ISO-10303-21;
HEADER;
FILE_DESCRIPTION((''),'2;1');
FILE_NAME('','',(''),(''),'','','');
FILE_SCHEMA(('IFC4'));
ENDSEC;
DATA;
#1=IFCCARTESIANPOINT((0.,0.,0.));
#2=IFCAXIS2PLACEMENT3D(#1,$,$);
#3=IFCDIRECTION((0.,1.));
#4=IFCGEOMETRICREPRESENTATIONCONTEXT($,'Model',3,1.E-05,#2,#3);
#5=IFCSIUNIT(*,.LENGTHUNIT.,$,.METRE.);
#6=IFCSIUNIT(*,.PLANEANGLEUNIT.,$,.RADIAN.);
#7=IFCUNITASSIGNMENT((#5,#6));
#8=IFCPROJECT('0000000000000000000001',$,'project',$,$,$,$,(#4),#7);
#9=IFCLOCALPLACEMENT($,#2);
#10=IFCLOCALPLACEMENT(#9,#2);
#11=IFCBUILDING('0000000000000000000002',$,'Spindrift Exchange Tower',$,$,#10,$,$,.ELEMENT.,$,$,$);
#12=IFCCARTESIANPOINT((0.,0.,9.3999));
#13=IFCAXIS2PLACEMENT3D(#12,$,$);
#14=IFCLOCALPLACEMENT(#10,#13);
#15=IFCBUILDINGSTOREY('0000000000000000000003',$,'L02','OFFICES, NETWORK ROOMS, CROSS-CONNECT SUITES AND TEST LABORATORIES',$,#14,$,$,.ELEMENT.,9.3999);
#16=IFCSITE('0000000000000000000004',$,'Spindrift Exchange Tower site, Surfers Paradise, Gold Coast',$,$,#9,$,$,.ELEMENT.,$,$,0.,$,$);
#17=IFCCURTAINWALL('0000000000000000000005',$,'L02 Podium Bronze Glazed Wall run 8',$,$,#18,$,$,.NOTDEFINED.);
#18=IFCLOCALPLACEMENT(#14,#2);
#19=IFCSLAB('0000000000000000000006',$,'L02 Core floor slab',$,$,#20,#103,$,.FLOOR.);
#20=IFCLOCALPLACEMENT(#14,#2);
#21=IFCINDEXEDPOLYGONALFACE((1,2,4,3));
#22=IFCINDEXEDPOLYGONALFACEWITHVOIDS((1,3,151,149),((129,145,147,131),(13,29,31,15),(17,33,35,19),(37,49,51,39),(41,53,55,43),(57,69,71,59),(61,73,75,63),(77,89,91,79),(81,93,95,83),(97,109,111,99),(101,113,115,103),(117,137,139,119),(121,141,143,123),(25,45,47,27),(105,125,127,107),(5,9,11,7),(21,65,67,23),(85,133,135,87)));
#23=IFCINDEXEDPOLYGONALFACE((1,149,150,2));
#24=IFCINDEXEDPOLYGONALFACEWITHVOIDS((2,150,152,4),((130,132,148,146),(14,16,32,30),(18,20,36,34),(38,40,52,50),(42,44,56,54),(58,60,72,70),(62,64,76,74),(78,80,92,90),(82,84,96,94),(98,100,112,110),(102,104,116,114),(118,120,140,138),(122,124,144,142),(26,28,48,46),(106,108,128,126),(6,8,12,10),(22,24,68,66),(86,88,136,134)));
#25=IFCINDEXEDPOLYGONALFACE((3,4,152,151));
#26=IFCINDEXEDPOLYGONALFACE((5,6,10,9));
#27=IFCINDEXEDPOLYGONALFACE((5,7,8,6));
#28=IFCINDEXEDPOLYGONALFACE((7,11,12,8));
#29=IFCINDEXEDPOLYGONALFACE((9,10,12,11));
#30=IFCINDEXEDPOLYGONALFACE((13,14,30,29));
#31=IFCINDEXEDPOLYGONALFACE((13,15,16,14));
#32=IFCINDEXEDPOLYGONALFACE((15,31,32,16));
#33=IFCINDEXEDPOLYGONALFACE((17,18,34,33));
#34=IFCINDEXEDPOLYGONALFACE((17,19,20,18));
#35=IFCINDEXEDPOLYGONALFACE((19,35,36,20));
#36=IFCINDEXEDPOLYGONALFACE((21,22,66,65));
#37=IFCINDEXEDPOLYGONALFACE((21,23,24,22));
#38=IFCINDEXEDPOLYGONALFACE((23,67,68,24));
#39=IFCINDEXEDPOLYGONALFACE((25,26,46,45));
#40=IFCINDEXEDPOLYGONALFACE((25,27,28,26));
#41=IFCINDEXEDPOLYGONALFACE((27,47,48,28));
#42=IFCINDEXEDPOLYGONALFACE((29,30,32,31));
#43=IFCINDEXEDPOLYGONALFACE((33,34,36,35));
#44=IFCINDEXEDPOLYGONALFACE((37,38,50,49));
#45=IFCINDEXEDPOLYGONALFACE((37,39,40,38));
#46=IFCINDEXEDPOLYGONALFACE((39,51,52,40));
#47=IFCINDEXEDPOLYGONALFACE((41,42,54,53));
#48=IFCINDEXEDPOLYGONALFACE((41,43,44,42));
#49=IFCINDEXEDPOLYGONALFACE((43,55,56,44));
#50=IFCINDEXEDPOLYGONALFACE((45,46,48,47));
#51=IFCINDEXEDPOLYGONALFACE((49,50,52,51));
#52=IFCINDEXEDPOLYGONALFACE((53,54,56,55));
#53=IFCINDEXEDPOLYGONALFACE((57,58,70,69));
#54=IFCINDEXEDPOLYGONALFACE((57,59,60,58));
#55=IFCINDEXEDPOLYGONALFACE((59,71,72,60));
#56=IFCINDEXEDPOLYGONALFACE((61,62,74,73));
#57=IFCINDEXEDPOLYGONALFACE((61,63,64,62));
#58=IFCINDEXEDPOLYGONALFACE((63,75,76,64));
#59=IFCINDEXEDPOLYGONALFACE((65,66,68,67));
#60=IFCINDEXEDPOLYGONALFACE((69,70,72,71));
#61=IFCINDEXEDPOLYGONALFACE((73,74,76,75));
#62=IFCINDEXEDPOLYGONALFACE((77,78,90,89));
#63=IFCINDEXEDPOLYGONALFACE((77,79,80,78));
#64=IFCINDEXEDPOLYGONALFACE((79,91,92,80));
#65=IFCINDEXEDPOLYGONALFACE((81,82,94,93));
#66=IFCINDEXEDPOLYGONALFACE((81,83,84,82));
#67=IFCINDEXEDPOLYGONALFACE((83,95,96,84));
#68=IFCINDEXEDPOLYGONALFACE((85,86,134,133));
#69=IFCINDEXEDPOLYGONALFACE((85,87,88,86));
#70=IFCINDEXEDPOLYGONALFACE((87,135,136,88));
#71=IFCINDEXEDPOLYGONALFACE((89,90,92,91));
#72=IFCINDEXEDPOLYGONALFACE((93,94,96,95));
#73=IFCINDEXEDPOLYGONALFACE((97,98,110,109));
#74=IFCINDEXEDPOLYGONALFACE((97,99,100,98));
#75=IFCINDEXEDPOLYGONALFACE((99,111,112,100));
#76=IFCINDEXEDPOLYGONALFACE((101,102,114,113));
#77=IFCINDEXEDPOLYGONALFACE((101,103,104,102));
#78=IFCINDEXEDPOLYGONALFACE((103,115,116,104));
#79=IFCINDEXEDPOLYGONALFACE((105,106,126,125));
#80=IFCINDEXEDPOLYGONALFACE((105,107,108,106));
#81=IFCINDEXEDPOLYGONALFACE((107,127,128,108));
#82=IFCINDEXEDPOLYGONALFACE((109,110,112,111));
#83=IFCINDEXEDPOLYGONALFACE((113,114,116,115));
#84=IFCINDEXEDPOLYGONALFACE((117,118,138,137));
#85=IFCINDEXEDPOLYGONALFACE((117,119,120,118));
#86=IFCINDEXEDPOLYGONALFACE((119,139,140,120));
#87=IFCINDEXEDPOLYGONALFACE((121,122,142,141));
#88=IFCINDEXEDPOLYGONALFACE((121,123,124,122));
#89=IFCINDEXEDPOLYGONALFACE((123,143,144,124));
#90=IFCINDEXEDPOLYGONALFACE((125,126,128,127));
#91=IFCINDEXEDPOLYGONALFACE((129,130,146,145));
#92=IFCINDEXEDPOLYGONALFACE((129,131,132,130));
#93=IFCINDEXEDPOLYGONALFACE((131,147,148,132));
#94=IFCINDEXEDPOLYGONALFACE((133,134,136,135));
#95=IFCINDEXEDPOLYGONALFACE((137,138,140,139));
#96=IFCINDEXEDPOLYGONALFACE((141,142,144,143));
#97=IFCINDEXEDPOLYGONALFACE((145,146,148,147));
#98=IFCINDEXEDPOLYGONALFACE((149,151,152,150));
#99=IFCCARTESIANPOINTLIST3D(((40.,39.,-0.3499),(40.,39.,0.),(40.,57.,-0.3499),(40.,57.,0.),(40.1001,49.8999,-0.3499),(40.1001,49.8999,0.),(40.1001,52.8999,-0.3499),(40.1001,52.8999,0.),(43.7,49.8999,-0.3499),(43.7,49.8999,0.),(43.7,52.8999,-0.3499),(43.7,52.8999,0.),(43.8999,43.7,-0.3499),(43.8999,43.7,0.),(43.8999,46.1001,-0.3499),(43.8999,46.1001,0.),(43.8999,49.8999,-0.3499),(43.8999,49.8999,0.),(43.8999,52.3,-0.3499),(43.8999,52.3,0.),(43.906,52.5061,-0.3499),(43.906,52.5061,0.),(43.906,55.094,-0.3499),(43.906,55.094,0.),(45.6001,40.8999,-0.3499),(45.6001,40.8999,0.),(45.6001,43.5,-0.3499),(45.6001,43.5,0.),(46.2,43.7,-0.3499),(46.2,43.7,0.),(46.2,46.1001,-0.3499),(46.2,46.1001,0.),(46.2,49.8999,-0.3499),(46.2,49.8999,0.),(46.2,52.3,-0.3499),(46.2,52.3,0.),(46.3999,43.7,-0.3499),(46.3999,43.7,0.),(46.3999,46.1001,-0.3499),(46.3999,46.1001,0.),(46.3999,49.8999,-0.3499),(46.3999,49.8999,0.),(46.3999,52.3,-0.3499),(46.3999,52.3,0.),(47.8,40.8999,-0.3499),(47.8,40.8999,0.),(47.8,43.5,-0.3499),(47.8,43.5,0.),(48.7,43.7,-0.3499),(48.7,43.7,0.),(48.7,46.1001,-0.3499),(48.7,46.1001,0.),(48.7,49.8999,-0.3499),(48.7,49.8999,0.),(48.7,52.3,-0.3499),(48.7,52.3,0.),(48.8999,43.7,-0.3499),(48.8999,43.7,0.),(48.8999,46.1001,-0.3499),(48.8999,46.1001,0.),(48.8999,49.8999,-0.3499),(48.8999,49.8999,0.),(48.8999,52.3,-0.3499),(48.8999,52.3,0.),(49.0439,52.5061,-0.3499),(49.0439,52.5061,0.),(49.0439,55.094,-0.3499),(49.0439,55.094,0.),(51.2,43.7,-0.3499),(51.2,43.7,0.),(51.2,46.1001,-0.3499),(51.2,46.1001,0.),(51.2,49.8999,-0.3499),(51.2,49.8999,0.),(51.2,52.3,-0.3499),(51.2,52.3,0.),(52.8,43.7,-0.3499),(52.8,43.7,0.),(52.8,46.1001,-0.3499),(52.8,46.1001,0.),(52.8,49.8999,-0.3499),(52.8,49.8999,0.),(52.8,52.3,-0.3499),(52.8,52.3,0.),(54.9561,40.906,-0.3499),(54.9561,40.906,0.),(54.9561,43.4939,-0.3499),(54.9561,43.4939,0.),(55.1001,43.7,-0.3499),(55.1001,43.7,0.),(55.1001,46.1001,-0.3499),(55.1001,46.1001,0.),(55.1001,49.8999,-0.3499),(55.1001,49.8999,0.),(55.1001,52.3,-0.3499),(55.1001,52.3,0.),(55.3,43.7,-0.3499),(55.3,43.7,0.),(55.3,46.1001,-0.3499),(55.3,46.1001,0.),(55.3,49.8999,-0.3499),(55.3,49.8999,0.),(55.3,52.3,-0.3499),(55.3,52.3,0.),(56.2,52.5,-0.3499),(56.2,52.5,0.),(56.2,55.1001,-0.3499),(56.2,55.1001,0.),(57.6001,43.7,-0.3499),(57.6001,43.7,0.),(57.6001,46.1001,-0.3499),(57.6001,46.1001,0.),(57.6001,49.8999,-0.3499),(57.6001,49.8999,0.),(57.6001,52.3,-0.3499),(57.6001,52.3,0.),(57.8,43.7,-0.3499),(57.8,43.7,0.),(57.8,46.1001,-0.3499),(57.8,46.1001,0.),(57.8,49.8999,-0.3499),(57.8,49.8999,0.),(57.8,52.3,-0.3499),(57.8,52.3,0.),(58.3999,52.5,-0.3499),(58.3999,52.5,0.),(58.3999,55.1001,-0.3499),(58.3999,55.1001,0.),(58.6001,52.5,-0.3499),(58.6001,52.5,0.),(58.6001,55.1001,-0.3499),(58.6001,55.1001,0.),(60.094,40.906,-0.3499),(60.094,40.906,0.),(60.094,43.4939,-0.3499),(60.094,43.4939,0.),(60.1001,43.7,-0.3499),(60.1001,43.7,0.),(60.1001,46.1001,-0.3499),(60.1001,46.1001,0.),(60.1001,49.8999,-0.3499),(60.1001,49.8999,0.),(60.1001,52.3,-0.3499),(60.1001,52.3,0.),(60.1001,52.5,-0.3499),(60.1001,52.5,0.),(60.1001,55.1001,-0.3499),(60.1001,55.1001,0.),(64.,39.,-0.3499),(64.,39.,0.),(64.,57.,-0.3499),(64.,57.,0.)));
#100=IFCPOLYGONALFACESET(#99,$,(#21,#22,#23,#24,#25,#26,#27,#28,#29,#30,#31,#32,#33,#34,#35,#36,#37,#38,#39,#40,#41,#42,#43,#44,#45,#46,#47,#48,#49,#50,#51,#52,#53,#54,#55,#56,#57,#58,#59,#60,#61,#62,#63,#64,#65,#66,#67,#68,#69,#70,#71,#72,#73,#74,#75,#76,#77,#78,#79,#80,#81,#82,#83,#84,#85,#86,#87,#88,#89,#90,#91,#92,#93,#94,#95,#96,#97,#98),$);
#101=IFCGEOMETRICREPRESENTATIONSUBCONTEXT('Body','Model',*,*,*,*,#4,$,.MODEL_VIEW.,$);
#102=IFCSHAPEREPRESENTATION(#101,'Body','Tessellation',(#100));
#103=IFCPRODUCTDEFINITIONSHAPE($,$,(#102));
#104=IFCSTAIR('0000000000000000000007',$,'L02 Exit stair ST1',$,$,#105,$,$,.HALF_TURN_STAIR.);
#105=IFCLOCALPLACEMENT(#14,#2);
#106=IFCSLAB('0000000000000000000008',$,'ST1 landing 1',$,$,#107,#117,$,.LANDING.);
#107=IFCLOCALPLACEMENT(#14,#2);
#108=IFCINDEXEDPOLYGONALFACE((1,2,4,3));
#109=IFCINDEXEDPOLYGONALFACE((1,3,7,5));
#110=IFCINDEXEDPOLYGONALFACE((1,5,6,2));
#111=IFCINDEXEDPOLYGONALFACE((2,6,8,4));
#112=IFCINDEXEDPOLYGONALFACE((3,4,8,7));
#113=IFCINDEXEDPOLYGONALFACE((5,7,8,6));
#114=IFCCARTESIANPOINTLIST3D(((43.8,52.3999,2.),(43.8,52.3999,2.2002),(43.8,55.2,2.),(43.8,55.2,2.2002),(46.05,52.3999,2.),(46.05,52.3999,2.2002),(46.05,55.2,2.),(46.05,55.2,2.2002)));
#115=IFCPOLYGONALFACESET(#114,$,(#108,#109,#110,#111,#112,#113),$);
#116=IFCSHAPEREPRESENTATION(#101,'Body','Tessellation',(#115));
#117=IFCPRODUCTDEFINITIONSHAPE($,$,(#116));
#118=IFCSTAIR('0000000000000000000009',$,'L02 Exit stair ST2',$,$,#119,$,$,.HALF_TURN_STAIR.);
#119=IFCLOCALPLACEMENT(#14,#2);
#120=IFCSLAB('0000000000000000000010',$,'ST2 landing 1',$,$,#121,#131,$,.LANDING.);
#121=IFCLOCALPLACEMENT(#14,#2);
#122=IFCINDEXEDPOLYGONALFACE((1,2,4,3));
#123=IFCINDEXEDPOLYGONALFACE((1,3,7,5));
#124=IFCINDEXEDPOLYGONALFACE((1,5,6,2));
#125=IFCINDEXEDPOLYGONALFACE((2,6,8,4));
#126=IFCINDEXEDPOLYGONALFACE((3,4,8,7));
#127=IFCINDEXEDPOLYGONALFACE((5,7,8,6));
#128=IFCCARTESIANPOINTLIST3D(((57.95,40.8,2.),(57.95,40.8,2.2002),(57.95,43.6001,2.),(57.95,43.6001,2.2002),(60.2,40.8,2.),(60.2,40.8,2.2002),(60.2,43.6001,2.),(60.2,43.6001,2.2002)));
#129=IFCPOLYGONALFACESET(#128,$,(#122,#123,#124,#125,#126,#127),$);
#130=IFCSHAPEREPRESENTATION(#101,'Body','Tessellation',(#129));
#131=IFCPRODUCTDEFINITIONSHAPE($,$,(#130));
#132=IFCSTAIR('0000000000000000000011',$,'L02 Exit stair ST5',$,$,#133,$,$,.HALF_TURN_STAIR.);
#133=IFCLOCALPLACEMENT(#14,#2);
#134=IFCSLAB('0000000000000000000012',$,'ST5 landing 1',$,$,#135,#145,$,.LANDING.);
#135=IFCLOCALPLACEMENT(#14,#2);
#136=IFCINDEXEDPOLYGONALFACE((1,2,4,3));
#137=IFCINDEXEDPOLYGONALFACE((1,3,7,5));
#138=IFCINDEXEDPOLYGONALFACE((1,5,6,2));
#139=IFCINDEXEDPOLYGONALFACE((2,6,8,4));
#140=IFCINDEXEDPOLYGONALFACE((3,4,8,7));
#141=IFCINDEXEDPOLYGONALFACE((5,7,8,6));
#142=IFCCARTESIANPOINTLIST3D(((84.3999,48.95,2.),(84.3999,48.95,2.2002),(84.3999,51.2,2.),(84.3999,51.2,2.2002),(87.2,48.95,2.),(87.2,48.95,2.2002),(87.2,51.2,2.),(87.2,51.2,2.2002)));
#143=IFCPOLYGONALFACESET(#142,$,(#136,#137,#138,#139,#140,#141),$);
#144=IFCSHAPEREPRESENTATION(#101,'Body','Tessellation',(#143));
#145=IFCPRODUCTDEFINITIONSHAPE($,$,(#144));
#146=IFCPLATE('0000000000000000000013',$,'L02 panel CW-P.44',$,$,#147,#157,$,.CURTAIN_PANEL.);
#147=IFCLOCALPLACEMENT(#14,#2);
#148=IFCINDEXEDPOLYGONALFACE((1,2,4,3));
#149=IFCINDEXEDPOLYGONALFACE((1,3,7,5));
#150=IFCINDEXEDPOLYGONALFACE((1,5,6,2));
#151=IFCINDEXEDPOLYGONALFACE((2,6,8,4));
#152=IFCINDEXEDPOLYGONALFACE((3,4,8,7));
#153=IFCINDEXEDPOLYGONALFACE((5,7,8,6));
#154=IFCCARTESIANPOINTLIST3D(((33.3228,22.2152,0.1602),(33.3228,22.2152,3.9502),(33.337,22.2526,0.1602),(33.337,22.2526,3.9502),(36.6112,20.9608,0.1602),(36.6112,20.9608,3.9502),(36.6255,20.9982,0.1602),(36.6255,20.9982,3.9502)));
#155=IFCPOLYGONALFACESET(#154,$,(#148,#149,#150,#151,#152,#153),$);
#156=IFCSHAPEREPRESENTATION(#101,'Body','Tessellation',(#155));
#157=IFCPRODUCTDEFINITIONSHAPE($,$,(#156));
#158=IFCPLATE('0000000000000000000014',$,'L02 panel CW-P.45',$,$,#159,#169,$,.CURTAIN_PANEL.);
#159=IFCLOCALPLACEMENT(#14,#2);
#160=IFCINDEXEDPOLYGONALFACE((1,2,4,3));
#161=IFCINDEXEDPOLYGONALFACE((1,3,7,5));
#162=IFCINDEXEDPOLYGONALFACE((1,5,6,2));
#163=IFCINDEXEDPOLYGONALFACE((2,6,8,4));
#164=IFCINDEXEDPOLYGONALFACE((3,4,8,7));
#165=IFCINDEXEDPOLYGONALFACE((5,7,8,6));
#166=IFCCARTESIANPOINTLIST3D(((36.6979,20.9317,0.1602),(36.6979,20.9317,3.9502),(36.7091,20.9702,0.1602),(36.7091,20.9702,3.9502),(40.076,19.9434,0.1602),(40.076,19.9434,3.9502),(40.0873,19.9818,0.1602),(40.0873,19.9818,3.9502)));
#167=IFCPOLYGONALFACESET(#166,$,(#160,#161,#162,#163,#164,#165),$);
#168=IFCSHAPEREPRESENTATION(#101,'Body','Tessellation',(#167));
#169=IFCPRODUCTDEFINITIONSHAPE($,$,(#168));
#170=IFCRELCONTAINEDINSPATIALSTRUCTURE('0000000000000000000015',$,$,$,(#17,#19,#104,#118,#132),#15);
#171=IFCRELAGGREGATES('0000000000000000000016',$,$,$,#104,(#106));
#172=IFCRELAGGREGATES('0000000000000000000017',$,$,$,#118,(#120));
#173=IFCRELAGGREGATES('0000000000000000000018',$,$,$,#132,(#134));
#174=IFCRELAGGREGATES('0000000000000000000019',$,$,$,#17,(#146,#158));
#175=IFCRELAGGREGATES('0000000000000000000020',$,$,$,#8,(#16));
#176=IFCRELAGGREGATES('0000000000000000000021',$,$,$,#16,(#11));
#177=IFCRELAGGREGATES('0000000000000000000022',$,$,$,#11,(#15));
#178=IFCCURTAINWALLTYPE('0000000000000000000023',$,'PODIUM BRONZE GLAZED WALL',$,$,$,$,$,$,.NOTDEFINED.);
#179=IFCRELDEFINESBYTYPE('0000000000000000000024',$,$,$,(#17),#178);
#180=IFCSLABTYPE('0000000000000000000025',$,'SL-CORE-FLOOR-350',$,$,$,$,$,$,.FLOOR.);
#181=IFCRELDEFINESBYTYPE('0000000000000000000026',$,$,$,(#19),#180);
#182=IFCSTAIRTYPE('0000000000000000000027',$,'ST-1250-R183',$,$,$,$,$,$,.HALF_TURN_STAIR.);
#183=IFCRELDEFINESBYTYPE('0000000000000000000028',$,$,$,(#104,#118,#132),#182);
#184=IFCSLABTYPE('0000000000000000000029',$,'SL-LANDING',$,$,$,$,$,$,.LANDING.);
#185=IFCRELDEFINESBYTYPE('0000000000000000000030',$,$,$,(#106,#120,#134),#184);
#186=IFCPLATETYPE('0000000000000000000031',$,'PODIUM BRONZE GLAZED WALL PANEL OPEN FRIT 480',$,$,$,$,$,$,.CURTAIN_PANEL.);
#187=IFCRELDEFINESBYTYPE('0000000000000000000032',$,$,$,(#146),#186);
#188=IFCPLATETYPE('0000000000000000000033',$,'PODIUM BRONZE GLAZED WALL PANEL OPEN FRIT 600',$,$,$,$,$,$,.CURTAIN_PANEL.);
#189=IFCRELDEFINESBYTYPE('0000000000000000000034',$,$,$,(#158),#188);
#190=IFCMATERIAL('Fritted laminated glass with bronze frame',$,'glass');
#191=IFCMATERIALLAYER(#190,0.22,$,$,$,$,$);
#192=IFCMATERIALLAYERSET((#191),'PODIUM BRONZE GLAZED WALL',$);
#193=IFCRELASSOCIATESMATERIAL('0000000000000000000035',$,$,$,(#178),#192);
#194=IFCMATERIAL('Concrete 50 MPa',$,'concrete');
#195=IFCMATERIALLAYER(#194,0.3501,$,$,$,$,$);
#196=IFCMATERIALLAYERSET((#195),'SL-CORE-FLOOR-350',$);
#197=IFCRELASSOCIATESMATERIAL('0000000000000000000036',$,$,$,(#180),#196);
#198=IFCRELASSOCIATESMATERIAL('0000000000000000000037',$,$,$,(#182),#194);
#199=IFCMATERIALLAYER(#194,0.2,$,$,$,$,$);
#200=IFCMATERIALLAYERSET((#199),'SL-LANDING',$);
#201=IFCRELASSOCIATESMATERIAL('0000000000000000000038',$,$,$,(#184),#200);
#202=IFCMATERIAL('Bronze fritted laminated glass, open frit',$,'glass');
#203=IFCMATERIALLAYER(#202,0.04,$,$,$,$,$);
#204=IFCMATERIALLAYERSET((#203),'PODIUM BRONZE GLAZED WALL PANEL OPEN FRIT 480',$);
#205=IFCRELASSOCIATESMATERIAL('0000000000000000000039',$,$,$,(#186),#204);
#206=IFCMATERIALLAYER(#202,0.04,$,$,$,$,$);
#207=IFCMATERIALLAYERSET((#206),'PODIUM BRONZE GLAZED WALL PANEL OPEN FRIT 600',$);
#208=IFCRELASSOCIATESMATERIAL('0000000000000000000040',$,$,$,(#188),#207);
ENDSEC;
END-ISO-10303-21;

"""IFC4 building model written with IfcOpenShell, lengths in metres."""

from ifc_helpers import new_model, si_unit, direction, frame, origin, origin_2d, place, context, subcontext, project, spatial, line, indexed_curve, rectangle, outline, extrude, source, transform, mapped, material, layer, layer_set, type_object, element, aggregate, save


model = new_model("IFC4")

# Units and contexts
model_context = context("Model", 3, precision=1e-05, world=origin(), true_north=direction((0.0, 1.0)))
body_context = subcontext(model_context, "Body", "Model", "MODEL_VIEW")
ifc_project = project(units=[si_unit("LENGTHUNIT", "METRE"), si_unit("PLANEANGLEUNIT", "RADIAN")], contexts=[model_context])

# Site, building, storey
site_placement = place(None, origin())
site = spatial("IfcSite", under=ifc_project, at=site_placement, Name="Spindrift Exchange Tower site, Surfers Paradise, Gold Coast", CompositionType="ELEMENT", RefElevation=0.0)
building_placement = place(site_placement, origin())
building = spatial("IfcBuilding", under=site, at=building_placement, Name="Spindrift Exchange Tower", CompositionType="ELEMENT")
storey_placement = place(building_placement, frame((0.0, 0.0, 9.3999)))
storey = spatial("IfcBuildingStorey", under=building, at=storey_placement, Name="L02", Description="OFFICES, NETWORK ROOMS, CROSS-CONNECT SUITES AND TEST LABORATORIES", CompositionType="ELEMENT", Elevation=9.3999)

# Curtain wall
ifc_material_1 = material(Name="Fritted laminated glass with bronze frame", Category="glass")
ifc_layer_1 = layer(ifc_material_1, 0.22)
ifc_layer_set_1 = layer_set([ifc_layer_1], Name="PODIUM BRONZE GLAZED WALL")
curtain_wall_type = type_object("IfcCurtainWallType", Name="PODIUM BRONZE GLAZED WALL", PredefinedType="NOTDEFINED", material=ifc_layer_set_1)
curtain_wall_1_placement = place(storey_placement, origin())
curtain_wall_1 = element("IfcCurtainWall", 1, at=curtain_wall_1_placement, inside=storey, type_object=curtain_wall_type, Name="L02 Podium Bronze Glazed Wall run 8", PredefinedType="NOTDEFINED")

# Slab
ifc_material_2 = material(Name="Concrete 50 MPa", Category="concrete")
ifc_layer_2 = layer(ifc_material_2, 0.3501)
ifc_layer_set_2 = layer_set([ifc_layer_2], Name="SL-CORE-FLOOR-350")
slab_type_1 = type_object("IfcSlabType", Name="SL-CORE-FLOOR-350", PredefinedType="FLOOR", material=ifc_layer_set_2)
slab_1_placement = place(storey_placement, frame((0.0, 0.0, -0.3499)))
element("IfcSlab", 2, at=slab_1_placement, inside=storey, type_object=slab_type_1, Name="L02 Core floor slab", PredefinedType="FLOOR", context=body_context, shape_type="SweptSolid", body=[
    extrude(outline(indexed_curve([(40.0, 39.0), (40.0, 57.0), (64.0, 57.0), (64.0, 39.0)], segments=[line(1, 2, 3, 4, 1)], self_intersect=False), holes=[indexed_curve([(47.8, 43.5), (45.6001, 43.5), (45.6001, 40.8999), (47.8, 40.8999)], segments=[line(1, 2, 3, 4, 1)], self_intersect=False), indexed_curve([(46.2, 46.1001), (43.8999, 46.1001), (43.8999, 43.7), (46.2, 43.7)], segments=[line(1, 2, 3, 4, 1)], self_intersect=False), indexed_curve([(48.7, 46.1001), (46.3999, 46.1001), (46.3999, 43.7), (48.7, 43.7)], segments=[line(1, 2, 3, 4, 1)], self_intersect=False), indexed_curve([(51.2, 46.1001), (48.8999, 46.1001), (48.8999, 43.7), (51.2, 43.7)], segments=[line(1, 2, 3, 4, 1)], self_intersect=False), indexed_curve([(46.2, 52.3), (43.8999, 52.3), (43.8999, 49.8999), (46.2, 49.8999)], segments=[line(1, 2, 3, 4, 1)], self_intersect=False), indexed_curve([(48.7, 52.3), (46.3999, 52.3), (46.3999, 49.8999), (48.7, 49.8999)], segments=[line(1, 2, 3, 4, 1)], self_intersect=False), indexed_curve([(51.2, 52.3), (48.8999, 52.3), (48.8999, 49.8999), (51.2, 49.8999)], segments=[line(1, 2, 3, 4, 1)], self_intersect=False), indexed_curve([(55.1001, 49.8999), (55.1001, 52.3), (52.8, 52.3), (52.8, 49.8999)], segments=[line(1, 2, 3, 4, 1)], self_intersect=False), indexed_curve([(43.7, 49.8999), (43.7, 52.8999), (40.1001, 52.8999), (40.1001, 49.8999)], segments=[line(1, 2, 3, 4, 1)], self_intersect=False), indexed_curve([(43.906, 55.094), (43.906, 52.5061), (49.0439, 52.5061), (49.0439, 55.094)], segments=[line(1, 2, 3, 4, 1)], self_intersect=False), indexed_curve([(60.094, 40.906), (60.094, 43.4939), (54.9561, 43.4939), (54.9561, 40.906)], segments=[line(1, 2, 3, 4, 1)], self_intersect=False), indexed_curve([(55.1001, 46.1001), (52.8, 46.1001), (52.8, 43.7), (55.1001, 43.7)], segments=[line(1, 2, 3, 4, 1)], self_intersect=False), indexed_curve([(57.6001, 43.7), (57.6001, 46.1001), (55.3, 46.1001), (55.3, 43.7)], segments=[line(1, 2, 3, 4, 1)], self_intersect=False), indexed_curve([(60.1001, 43.7), (60.1001, 46.1001), (57.8, 46.1001), (57.8, 43.7)], segments=[line(1, 2, 3, 4, 1)], self_intersect=False), indexed_curve([(57.6001, 52.3), (55.3, 52.3), (55.3, 49.8999), (57.6001, 49.8999)], segments=[line(1, 2, 3, 4, 1)], self_intersect=False), indexed_curve([(60.1001, 52.3), (57.8, 52.3), (57.8, 49.8999), (60.1001, 49.8999)], segments=[line(1, 2, 3, 4, 1)], self_intersect=False), indexed_curve([(58.3999, 52.5), (58.3999, 55.1001), (56.2, 55.1001), (56.2, 52.5)], segments=[line(1, 2, 3, 4, 1)], self_intersect=False), indexed_curve([(60.1001, 52.5), (60.1001, 55.1001), (58.6001, 55.1001), (58.6001, 52.5)], segments=[line(1, 2, 3, 4, 1)], self_intersect=False)]), origin(), (0.0, 0.0, 1.0), 0.3499),
])

# Stairs, slabs
stair_type = type_object("IfcStairType", Name="ST-1250-R183", PredefinedType="HALF_TURN_STAIR", material=ifc_material_2)
stair_1_placement = place(storey_placement, origin())
stair_1 = element("IfcStair", 3, at=stair_1_placement, inside=storey, type_object=stair_type, Name="L02 Exit stair ST1", PredefinedType="HALF_TURN_STAIR")
ifc_layer_3 = layer(ifc_material_2, 0.2)
ifc_layer_set_3 = layer_set([ifc_layer_3], Name="SL-LANDING")
slab_type_2 = type_object("IfcSlabType", Name="SL-LANDING", PredefinedType="LANDING", material=ifc_layer_set_3)
slab_2_placement = place(storey_placement, frame((0.0, 0.0, 2.0)))
slab_2 = element("IfcSlab", 4, at=slab_2_placement, type_object=slab_type_2, Name="ST1 landing 1", PredefinedType="LANDING", context=body_context, shape_type="SweptSolid", body=[
    extrude(outline(indexed_curve([(46.05, 52.3999), (43.8, 52.3999), (43.8, 55.2), (46.05, 55.2)], segments=[line(1, 2, 3, 4, 1)], self_intersect=False)), origin(), (0.0, 0.0, 1.0), 0.2002),
])
aggregate(stair_1, [slab_2])
stair_2_placement = place(storey_placement, origin())
stair_2 = element("IfcStair", 5, at=stair_2_placement, inside=storey, type_object=stair_type, Name="L02 Exit stair ST2", PredefinedType="HALF_TURN_STAIR")
slab_3_placement = place(storey_placement, frame((0.0, 0.0, 2.0)))
slab_3 = element("IfcSlab", 6, at=slab_3_placement, type_object=slab_type_2, Name="ST2 landing 1", PredefinedType="LANDING", context=body_context, shape_type="SweptSolid", body=[
    extrude(outline(indexed_curve([(57.95, 43.6001), (60.2, 43.6001), (60.2, 40.8), (57.95, 40.8)], segments=[line(1, 2, 3, 4, 1)], self_intersect=False)), origin(), (0.0, 0.0, 1.0), 0.2002),
])
aggregate(stair_2, [slab_3])
stair_3_placement = place(storey_placement, origin())
stair_3 = element("IfcStair", 7, at=stair_3_placement, inside=storey, type_object=stair_type, Name="L02 Exit stair ST5", PredefinedType="HALF_TURN_STAIR")
slab_4_placement = place(storey_placement, frame((0.0, 0.0, 2.0)))
slab_4 = element("IfcSlab", 8, at=slab_4_placement, type_object=slab_type_2, Name="ST5 landing 1", PredefinedType="LANDING", context=body_context, shape_type="SweptSolid", body=[
    extrude(outline(indexed_curve([(84.3999, 48.95), (84.3999, 51.2), (87.2, 51.2), (87.2, 48.95)], segments=[line(1, 2, 3, 4, 1)], self_intersect=False)), origin(), (0.0, 0.0, 1.0), 0.2002),
])
aggregate(stair_3, [slab_4])

# Plates
ifc_material_3 = material(Name="Bronze fritted laminated glass, open frit", Category="glass")
ifc_layer_4 = layer(ifc_material_3, 0.04)
ifc_layer_set_4 = layer_set([ifc_layer_4], Name="PODIUM BRONZE GLAZED WALL PANEL OPEN FRIT 480")
plate_type_1 = type_object("IfcPlateType", Name="PODIUM BRONZE GLAZED WALL PANEL OPEN FRIT 480", PredefinedType="CURTAIN_PANEL", material=ifc_layer_set_4)
shared_shape_1 = source(origin(), body_context, "Body", "SweptSolid", [
    extrude(rectangle(XDim=3.5195, YDim=0.04, at=origin_2d()), origin(), (0.0, 0.0, 1.0), 3.79),
])
plate_1_placement = place(storey_placement, frame((34.9741, 21.6067, 0.1602), z_axis=(0.0, 0.0, 1.0), x_axis=(0.934336, -0.356392, 0.0)))
plate_1 = element("IfcPlate", 9, at=plate_1_placement, type_object=plate_type_1, Name="L02 panel CW-P.44", PredefinedType="CURTAIN_PANEL", context=body_context, shape_type="MappedRepresentation", body=[
    mapped(shared_shape_1, transform((0.0, 0.0, 0.0), scale=1.0)),
])
ifc_layer_5 = layer(ifc_material_3, 0.04)
ifc_layer_set_5 = layer_set([ifc_layer_5], Name="PODIUM BRONZE GLAZED WALL PANEL OPEN FRIT 600")
plate_type_2 = type_object("IfcPlateType", Name="PODIUM BRONZE GLAZED WALL PANEL OPEN FRIT 600", PredefinedType="CURTAIN_PANEL", material=ifc_layer_set_5)
shared_shape_2 = source(origin(), body_context, "Body", "SweptSolid", [
    extrude(rectangle(XDim=3.5198, YDim=0.04, at=origin_2d()), origin(), (0.0, 0.0, 1.0), 3.79),
])
plate_2_placement = place(storey_placement, frame((38.3926, 20.4568, 0.1602), z_axis=(0.0, 0.0, 1.0), x_axis=(0.959767, -0.280797, 0.0)))
plate_2 = element("IfcPlate", 10, at=plate_2_placement, type_object=plate_type_2, Name="L02 panel CW-P.45", PredefinedType="CURTAIN_PANEL", context=body_context, shape_type="MappedRepresentation", body=[
    mapped(shared_shape_2, transform((0.0, 0.0, 0.0), scale=1.0)),
])
aggregate(curtain_wall_1, [plate_1, plate_2])

save(model, "model.ifc")
